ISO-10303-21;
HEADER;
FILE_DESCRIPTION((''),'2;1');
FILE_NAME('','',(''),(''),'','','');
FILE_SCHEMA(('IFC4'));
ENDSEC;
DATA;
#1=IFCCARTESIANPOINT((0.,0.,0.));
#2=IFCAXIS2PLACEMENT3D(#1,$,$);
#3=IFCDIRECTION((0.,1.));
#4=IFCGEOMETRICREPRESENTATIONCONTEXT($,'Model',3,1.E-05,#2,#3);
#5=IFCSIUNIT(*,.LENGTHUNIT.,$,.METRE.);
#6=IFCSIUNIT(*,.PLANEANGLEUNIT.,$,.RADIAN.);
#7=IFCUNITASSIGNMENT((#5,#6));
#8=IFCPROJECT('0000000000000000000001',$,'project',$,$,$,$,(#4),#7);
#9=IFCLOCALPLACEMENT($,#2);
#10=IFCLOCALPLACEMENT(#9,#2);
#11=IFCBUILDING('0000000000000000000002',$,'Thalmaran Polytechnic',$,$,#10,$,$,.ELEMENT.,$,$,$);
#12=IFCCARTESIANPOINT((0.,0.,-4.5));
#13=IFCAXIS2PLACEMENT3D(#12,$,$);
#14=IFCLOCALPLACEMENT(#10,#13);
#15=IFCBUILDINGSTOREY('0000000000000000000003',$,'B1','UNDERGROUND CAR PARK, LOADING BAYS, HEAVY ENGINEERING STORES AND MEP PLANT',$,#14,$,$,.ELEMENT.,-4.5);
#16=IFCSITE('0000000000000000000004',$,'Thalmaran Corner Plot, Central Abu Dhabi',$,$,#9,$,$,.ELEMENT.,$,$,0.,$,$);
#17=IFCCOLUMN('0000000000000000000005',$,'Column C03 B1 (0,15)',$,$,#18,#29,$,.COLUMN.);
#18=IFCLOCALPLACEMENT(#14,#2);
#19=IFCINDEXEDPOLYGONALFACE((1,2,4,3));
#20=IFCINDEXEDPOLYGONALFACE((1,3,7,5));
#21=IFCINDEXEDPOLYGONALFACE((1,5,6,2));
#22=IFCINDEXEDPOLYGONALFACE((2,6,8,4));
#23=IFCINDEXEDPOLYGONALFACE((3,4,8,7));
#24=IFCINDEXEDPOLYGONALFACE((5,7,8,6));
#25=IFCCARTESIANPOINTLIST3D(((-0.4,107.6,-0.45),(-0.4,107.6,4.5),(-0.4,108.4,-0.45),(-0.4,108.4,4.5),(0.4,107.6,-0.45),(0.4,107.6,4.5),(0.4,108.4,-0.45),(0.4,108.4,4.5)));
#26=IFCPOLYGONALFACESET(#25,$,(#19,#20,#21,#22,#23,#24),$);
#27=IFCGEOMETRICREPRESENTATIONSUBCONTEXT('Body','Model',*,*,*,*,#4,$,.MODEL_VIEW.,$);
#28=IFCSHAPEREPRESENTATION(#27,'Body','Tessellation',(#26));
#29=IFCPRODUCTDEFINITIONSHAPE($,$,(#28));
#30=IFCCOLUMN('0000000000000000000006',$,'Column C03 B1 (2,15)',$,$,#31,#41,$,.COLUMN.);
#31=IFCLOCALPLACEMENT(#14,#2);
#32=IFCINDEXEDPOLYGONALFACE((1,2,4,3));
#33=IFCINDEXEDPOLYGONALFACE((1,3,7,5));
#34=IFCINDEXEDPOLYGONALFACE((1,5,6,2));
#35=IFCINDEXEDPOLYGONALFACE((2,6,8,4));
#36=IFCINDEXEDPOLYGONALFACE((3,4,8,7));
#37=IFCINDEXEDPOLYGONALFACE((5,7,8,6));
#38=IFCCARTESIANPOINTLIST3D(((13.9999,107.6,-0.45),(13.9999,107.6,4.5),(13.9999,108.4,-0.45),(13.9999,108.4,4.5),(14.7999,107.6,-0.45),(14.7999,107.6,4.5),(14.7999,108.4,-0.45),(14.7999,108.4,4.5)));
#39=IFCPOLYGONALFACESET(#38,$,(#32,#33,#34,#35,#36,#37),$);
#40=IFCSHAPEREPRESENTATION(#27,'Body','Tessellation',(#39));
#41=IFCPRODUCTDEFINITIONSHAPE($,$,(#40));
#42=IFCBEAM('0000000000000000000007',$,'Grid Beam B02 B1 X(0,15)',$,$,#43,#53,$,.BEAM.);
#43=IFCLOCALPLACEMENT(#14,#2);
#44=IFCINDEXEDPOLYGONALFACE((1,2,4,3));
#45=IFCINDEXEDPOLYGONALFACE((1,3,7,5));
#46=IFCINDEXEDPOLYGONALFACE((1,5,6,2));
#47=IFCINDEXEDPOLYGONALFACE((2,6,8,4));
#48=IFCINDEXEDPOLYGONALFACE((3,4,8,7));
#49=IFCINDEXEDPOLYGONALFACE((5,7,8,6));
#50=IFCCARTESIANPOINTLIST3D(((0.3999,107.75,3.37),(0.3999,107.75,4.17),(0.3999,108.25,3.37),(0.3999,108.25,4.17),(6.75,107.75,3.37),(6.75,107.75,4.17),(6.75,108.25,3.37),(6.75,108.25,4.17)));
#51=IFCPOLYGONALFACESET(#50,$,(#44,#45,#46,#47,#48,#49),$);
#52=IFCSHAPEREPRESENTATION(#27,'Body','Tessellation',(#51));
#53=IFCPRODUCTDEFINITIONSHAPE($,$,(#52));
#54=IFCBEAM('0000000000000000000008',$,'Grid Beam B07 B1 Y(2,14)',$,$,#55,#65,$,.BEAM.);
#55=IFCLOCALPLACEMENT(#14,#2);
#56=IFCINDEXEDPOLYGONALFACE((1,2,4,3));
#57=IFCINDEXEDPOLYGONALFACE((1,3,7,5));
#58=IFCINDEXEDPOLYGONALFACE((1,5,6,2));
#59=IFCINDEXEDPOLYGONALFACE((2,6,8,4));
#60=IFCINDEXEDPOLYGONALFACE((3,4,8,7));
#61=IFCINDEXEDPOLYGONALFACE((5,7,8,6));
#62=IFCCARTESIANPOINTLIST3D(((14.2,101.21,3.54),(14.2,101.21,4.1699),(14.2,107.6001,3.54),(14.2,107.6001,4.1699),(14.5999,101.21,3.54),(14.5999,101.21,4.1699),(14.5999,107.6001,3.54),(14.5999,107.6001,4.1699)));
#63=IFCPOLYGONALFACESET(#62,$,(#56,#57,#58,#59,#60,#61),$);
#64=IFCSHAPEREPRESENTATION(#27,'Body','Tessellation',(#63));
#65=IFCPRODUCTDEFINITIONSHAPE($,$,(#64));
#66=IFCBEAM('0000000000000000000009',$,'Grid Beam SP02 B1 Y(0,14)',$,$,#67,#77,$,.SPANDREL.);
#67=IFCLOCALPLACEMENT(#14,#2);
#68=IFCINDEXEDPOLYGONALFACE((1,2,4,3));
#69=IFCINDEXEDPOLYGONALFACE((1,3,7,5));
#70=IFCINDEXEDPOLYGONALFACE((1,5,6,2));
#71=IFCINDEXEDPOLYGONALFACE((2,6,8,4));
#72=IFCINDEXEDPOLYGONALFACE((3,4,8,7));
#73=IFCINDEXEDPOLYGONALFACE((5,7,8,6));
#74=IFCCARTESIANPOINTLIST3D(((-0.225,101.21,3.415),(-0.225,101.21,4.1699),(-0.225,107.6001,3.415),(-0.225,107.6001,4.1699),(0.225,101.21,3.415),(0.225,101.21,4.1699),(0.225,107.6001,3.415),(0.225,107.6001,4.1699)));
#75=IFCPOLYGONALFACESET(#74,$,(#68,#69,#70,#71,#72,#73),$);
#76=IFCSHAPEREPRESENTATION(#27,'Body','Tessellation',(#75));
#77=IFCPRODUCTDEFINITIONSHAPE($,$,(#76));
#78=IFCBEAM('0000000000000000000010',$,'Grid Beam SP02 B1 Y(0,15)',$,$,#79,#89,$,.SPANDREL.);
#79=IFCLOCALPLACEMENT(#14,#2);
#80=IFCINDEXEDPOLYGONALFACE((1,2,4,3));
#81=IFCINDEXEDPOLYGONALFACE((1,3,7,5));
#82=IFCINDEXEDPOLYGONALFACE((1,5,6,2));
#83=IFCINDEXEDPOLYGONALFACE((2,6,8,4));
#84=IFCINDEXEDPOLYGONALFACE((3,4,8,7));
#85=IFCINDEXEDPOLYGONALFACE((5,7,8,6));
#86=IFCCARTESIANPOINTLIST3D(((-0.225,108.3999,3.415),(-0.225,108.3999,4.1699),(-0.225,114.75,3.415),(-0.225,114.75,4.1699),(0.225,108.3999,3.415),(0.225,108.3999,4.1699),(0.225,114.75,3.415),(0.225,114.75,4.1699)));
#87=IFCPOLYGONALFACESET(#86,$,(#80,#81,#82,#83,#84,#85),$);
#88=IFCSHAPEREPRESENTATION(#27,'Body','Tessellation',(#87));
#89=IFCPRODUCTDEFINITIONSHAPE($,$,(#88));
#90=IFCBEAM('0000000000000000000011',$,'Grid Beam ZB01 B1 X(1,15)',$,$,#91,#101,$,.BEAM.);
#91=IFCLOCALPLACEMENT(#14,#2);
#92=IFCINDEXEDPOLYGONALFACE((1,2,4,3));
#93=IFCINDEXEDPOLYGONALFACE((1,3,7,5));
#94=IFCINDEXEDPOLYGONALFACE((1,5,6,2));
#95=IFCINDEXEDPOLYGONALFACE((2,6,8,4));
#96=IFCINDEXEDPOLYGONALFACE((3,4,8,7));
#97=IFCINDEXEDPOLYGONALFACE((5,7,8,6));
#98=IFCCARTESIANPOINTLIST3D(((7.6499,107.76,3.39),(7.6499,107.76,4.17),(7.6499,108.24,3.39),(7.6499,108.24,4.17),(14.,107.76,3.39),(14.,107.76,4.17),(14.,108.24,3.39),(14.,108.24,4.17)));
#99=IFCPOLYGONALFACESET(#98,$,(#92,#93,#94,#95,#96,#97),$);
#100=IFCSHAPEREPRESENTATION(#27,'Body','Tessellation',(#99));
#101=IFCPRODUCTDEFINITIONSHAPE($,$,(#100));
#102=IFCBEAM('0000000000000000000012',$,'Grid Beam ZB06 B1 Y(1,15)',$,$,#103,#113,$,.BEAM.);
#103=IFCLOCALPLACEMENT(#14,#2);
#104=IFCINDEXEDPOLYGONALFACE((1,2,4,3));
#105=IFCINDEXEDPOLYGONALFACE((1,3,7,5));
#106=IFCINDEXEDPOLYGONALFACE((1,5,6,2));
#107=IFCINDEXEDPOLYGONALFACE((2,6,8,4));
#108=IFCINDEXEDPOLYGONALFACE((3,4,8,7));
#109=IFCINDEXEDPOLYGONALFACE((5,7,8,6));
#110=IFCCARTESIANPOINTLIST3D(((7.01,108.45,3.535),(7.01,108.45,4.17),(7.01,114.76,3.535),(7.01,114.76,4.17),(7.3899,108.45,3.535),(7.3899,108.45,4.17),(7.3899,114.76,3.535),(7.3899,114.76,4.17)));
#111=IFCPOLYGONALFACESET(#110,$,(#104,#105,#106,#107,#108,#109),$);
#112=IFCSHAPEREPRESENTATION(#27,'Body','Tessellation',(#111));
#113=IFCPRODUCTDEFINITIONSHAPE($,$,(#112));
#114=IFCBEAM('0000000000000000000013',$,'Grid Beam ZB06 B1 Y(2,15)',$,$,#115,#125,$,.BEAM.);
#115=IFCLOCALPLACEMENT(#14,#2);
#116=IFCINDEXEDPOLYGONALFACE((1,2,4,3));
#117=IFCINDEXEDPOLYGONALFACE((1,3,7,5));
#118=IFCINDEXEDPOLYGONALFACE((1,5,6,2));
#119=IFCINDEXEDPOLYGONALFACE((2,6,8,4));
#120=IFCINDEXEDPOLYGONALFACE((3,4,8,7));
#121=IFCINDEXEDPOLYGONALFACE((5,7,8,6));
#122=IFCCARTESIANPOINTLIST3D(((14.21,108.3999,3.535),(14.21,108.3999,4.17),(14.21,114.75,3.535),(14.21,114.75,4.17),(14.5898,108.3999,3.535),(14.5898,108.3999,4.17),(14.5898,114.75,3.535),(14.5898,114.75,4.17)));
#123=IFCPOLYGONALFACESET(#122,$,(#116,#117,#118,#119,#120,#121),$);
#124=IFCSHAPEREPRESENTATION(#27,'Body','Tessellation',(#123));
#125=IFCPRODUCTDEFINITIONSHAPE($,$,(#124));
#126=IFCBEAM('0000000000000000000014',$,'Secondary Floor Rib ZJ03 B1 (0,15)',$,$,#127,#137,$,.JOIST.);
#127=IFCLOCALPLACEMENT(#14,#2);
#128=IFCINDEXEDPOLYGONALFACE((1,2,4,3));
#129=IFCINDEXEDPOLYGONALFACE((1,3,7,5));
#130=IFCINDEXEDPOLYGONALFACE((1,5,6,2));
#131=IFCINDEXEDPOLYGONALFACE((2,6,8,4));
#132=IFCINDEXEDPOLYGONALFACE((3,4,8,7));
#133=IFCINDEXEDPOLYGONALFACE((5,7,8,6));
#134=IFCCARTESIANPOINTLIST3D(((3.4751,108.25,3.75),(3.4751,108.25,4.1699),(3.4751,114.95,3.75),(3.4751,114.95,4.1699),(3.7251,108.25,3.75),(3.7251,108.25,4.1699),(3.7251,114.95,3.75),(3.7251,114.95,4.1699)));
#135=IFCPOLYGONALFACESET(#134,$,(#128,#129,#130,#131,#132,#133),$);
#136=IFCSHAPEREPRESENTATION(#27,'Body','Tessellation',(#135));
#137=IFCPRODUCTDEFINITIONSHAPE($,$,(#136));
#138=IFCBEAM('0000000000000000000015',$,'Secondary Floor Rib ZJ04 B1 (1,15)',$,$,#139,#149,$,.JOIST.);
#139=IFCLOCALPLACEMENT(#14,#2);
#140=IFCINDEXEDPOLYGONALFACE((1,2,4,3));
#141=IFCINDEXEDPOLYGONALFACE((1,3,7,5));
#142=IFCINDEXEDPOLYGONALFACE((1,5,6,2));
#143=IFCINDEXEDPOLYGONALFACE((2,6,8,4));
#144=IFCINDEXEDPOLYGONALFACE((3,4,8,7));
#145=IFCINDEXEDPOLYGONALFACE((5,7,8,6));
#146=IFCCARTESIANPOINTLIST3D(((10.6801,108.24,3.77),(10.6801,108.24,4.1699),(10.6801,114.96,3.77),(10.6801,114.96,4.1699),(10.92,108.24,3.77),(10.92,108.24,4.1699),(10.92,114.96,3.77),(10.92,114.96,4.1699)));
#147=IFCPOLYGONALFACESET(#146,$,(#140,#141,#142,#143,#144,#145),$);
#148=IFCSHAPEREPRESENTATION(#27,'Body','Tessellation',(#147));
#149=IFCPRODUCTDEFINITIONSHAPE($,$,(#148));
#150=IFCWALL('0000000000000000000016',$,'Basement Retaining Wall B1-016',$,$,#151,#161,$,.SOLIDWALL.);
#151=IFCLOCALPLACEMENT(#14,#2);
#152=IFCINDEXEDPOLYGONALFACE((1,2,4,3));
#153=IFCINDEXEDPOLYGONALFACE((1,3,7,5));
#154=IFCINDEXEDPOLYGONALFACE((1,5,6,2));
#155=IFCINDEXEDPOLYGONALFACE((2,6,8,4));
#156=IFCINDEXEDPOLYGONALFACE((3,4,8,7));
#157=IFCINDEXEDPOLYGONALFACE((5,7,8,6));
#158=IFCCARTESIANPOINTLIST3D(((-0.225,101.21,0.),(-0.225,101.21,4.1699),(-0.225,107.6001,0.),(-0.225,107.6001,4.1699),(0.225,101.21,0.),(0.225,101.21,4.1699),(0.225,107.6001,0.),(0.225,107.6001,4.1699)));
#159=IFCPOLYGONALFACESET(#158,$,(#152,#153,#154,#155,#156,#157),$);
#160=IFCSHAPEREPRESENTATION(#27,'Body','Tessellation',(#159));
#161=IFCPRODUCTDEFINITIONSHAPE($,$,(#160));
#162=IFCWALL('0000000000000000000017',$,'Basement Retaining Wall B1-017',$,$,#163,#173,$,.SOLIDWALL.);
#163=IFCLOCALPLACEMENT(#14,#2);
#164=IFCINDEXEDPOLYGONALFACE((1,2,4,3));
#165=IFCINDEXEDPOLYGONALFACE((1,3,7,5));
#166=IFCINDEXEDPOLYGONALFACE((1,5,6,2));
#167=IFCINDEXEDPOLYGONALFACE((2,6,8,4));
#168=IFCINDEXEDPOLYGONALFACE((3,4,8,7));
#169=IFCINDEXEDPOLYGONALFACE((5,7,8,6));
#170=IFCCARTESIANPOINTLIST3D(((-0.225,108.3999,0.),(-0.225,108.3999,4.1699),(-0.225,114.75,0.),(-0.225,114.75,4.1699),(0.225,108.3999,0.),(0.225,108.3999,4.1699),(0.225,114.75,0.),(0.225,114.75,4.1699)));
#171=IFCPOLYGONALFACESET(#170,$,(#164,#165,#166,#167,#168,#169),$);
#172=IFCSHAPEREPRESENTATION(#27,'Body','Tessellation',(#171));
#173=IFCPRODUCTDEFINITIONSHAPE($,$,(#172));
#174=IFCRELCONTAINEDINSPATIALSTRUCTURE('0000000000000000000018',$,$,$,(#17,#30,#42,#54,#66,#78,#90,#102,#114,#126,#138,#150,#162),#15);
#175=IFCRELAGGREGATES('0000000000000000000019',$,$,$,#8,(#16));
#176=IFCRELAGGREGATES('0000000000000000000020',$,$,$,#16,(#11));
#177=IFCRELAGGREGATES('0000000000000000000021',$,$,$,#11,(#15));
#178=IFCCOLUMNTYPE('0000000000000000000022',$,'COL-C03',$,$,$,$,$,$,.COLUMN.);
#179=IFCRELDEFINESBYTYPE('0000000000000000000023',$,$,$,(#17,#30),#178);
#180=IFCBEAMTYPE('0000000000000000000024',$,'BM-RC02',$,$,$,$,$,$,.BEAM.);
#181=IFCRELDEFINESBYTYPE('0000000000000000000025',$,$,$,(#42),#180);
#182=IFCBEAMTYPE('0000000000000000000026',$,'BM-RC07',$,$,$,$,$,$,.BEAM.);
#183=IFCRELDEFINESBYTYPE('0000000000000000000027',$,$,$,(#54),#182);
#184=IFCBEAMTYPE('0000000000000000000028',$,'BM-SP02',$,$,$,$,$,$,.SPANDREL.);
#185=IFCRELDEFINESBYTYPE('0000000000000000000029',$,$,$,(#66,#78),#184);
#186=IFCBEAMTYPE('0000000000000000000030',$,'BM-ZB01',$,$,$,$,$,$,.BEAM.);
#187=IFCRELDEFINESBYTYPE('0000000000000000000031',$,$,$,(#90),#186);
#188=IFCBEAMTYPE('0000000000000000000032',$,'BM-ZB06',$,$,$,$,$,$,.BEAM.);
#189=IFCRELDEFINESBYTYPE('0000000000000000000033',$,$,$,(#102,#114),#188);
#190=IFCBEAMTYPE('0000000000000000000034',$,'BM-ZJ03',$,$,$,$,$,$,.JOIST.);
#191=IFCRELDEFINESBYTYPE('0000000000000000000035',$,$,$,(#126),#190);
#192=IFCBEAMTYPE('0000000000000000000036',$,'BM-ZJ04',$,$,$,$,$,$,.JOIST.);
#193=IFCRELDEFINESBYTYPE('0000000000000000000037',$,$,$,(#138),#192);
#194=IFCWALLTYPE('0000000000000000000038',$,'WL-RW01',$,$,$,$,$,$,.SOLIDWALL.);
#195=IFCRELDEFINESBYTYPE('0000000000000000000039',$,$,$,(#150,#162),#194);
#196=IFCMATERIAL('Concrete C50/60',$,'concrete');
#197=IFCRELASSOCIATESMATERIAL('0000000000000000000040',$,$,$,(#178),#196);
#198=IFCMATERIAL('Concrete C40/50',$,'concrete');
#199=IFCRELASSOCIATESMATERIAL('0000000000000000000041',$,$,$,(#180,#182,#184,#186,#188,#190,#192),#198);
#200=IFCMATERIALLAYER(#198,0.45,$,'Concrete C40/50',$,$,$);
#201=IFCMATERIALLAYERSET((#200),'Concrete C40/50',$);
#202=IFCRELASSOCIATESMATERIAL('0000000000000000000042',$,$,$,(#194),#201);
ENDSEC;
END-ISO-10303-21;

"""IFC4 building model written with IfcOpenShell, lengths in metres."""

from ifc_helpers import new_model, si_unit, direction, frame, frame_2d, origin, origin_2d, place, context, subcontext, project, spatial, rectangle, extrude, material, layer, layer_set, material_profile, profile_set, type_object, element, save


model = new_model("IFC4")

# Units and contexts
model_context = context("Model", 3, precision=1e-05, world=origin(), true_north=direction((0.0, 1.0)))
body_context = subcontext(model_context, "Body", "Model", "MODEL_VIEW")
ifc_project = project(units=[si_unit("LENGTHUNIT", "METRE"), si_unit("PLANEANGLEUNIT", "RADIAN")], contexts=[model_context])

# Site, building, storey
site_placement = place(None, origin())
site = spatial("IfcSite", under=ifc_project, at=site_placement, Name="Thalmaran Corner Plot, Central Abu Dhabi", CompositionType="ELEMENT", RefElevation=0.0)
building_placement = place(site_placement, origin())
building = spatial("IfcBuilding", under=site, at=building_placement, Name="Thalmaran Polytechnic", CompositionType="ELEMENT")
storey_placement = place(building_placement, frame((0.0, 0.0, -4.5)))
storey = spatial("IfcBuildingStorey", under=building, at=storey_placement, Name="B1", Description="UNDERGROUND CAR PARK, LOADING BAYS, HEAVY ENGINEERING STORES AND MEP PLANT", CompositionType="ELEMENT", Elevation=-4.5)

# Shared definitions
ifc_material_1 = material(Name="Concrete C40/50", Category="concrete")

# Columns
ifc_material_2 = material(Name="Concrete C50/60", Category="concrete")
ifc_material_profile_1 = material_profile(ifc_material_2, rectangle(XDim=0.8, YDim=0.8, at=origin_2d()), Name="RC 800x800")
ifc_profile_set_1 = profile_set([ifc_material_profile_1], Name="Concrete C50/60")
column_type_1 = type_object("IfcColumnType", Name="COL-C03", PredefinedType="COLUMN", material=ifc_profile_set_1)
for number, where, z_axis, x_axis, name in (
    (1, (0.0, 108.0, -0.45), (0.0, 0.0, 1.0), (1.0, 0.0, 0.0), "Column C03 B1 (0,15)"),
    (2, (14.3999, 108.0, -0.45), (0.0, 0.0, 1.0), (1.0, 0.0, 0.0), "Column C03 B1 (2,15)"),
):
    element("IfcColumn", number, at=place(storey_placement, frame(where, z_axis=z_axis, x_axis=x_axis)), inside=storey, type_object=column_type_1, Name=name, PredefinedType="COLUMN", context=body_context, shape_type="SweptSolid", body=[
        extrude(rectangle(XDim=0.8, YDim=0.8, at=origin_2d()), origin(), (0.0, 0.0, 1.0), 4.95),
    ])

# Beams
ifc_material_profile_2 = material_profile(ifc_material_1, rectangle(XDim=0.5, YDim=0.8, at=origin_2d()), Name="RC 500x800")
ifc_profile_set_2 = profile_set([ifc_material_profile_2], Name="Concrete C40/50")
beam_type_1 = type_object("IfcBeamType", Name="BM-RC02", PredefinedType="BEAM", material=ifc_profile_set_2)
beam_1_placement = place(storey_placement, frame((0.3999, 108.0, 3.77), z_axis=(1.0, 0.0, 0.0), x_axis=(0.0, 1.0, 0.0)))
element("IfcBeam", 3, at=beam_1_placement, inside=storey, type_object=beam_type_1, Name="Grid Beam B02 B1 X(0,15)", PredefinedType="BEAM", context=body_context, shape_type="SweptSolid", body=[
    extrude(rectangle(XDim=0.5, YDim=0.8, at=origin_2d()), origin(), (0.0, 0.0, 1.0), 6.3501),
])
ifc_material_profile_3 = material_profile(ifc_material_1, rectangle(XDim=0.3999, YDim=0.6299, at=origin_2d()), Name="RC 400x630")
ifc_profile_set_3 = profile_set([ifc_material_profile_3], Name="Concrete C40/50")
beam_type_2 = type_object("IfcBeamType", Name="BM-RC07", PredefinedType="BEAM", material=ifc_profile_set_3)
beam_2_placement = place(storey_placement, frame((14.3999, 101.21, 3.855), z_axis=(0.0, 1.0, 0.0), x_axis=(-1.0, 0.0, 0.0)))
element("IfcBeam", 4, at=beam_2_placement, inside=storey, type_object=beam_type_2, Name="Grid Beam B07 B1 Y(2,14)", PredefinedType="BEAM", context=body_context, shape_type="SweptSolid", body=[
    extrude(rectangle(XDim=0.3999, YDim=0.6299, at=origin_2d()), origin(), (0.0, 0.0, 1.0), 6.3901),
])
ifc_material_profile_4 = material_profile(ifc_material_1, rectangle(XDim=0.45, YDim=0.7549, at=origin_2d()), Name="RC 450x755")
ifc_profile_set_4 = profile_set([ifc_material_profile_4], Name="Concrete C40/50")
beam_type_3 = type_object("IfcBeamType", Name="BM-SP02", PredefinedType="SPANDREL", material=ifc_profile_set_4)
beam_3_placement = place(storey_placement, frame((0.0, 101.21, 3.7925), z_axis=(0.0, 1.0, 0.0), x_axis=(-1.0, 0.0, 0.0)))
element("IfcBeam", 5, at=beam_3_placement, inside=storey, type_object=beam_type_3, Name="Grid Beam SP02 B1 Y(0,14)", PredefinedType="SPANDREL", context=body_context, shape_type="SweptSolid", body=[
    extrude(rectangle(XDim=0.45, YDim=0.7549, at=origin_2d()), origin(), (0.0, 0.0, 1.0), 6.3901),
])
beam_4_placement = place(storey_placement, frame((0.0, 108.3999, 3.7925), z_axis=(0.0, 1.0, 0.0), x_axis=(-1.0, 0.0, 0.0)))
element("IfcBeam", 6, at=beam_4_placement, inside=storey, type_object=beam_type_3, Name="Grid Beam SP02 B1 Y(0,15)", PredefinedType="SPANDREL", context=body_context, shape_type="SweptSolid", body=[
    extrude(rectangle(XDim=0.45, YDim=0.7549, at=origin_2d()), origin(), (0.0, 0.0, 1.0), 6.3501),
])
ifc_material_profile_5 = material_profile(ifc_material_1, rectangle(XDim=0.48, YDim=0.78, at=origin_2d()), Name="RC 480x780")
ifc_profile_set_5 = profile_set([ifc_material_profile_5], Name="Concrete C40/50")
beam_type_4 = type_object("IfcBeamType", Name="BM-ZB01", PredefinedType="BEAM", material=ifc_profile_set_5)
beam_5_placement = place(storey_placement, frame((7.6499, 108.0, 3.78), z_axis=(1.0, 0.0, 0.0), x_axis=(0.0, 1.0, 0.0)))
element("IfcBeam", 7, at=beam_5_placement, inside=storey, type_object=beam_type_4, Name="Grid Beam ZB01 B1 X(1,15)", PredefinedType="BEAM", context=body_context, shape_type="SweptSolid", body=[
    extrude(rectangle(XDim=0.48, YDim=0.78, at=origin_2d()), origin(), (0.0, 0.0, 1.0), 6.3501),
])
ifc_material_profile_6 = material_profile(ifc_material_1, rectangle(XDim=0.3799, YDim=0.635, at=origin_2d()), Name="RC 380x635")
ifc_profile_set_6 = profile_set([ifc_material_profile_6], Name="Concrete C40/50")
beam_type_5 = type_object("IfcBeamType", Name="BM-ZB06", PredefinedType="BEAM", material=ifc_profile_set_6)
beam_6_placement = place(storey_placement, frame((7.2, 108.45, 3.8525), z_axis=(0.0, 1.0, 0.0), x_axis=(-1.0, 0.0, 0.0)))
element("IfcBeam", 8, at=beam_6_placement, inside=storey, type_object=beam_type_5, Name="Grid Beam ZB06 B1 Y(1,15)", PredefinedType="BEAM", context=body_context, shape_type="SweptSolid", body=[
    extrude(rectangle(XDim=0.3799, YDim=0.635, at=origin_2d()), origin(), (0.0, 0.0, 1.0), 6.3101),
])
beam_7_placement = place(storey_placement, frame((14.3999, 108.3999, 3.8525), z_axis=(0.0, 1.0, 0.0), x_axis=(-1.0, 0.0, 0.0)))
element("IfcBeam", 9, at=beam_7_placement, inside=storey, type_object=beam_type_5, Name="Grid Beam ZB06 B1 Y(2,15)", PredefinedType="BEAM", context=body_context, shape_type="SweptSolid", body=[
    extrude(rectangle(XDim=0.3799, YDim=0.635, at=origin_2d()), origin(), (0.0, 0.0, 1.0), 6.3501),
])
ifc_material_profile_7 = material_profile(ifc_material_1, rectangle(XDim=0.25, YDim=0.4199, at=origin_2d()), Name="RC 250x420")
ifc_profile_set_7 = profile_set([ifc_material_profile_7], Name="Concrete C40/50")
beam_type_6 = type_object("IfcBeamType", Name="BM-ZJ03", PredefinedType="JOIST", material=ifc_profile_set_7)
beam_8_placement = place(storey_placement, frame((3.6001, 108.25, 3.96), z_axis=(0.0, 1.0, 0.0), x_axis=(-1.0, 0.0, 0.0)))
element("IfcBeam", 10, at=beam_8_placement, inside=storey, type_object=beam_type_6, Name="Secondary Floor Rib ZJ03 B1 (0,15)", PredefinedType="JOIST", context=body_context, shape_type="SweptSolid", body=[
    extrude(rectangle(XDim=0.25, YDim=0.4199, at=origin_2d()), origin(), (0.0, 0.0, 1.0), 6.7),
])
ifc_material_profile_8 = material_profile(ifc_material_1, rectangle(XDim=0.24, YDim=0.3999, at=origin_2d()), Name="RC 240x400")
ifc_profile_set_8 = profile_set([ifc_material_profile_8], Name="Concrete C40/50")
beam_type_7 = type_object("IfcBeamType", Name="BM-ZJ04", PredefinedType="JOIST", material=ifc_profile_set_8)
beam_9_placement = place(storey_placement, frame((10.8, 108.24, 3.97), z_axis=(0.0, 1.0, 0.0), x_axis=(-1.0, 0.0, 0.0)))
element("IfcBeam", 11, at=beam_9_placement, inside=storey, type_object=beam_type_7, Name="Secondary Floor Rib ZJ04 B1 (1,15)", PredefinedType="JOIST", context=body_context, shape_type="SweptSolid", body=[
    extrude(rectangle(XDim=0.24, YDim=0.3999, at=origin_2d()), origin(), (0.0, 0.0, 1.0), 6.72),
])

# Walls
ifc_layer = layer(ifc_material_1, 0.45, Name="Concrete C40/50")
ifc_layer_set = layer_set([ifc_layer], Name="Concrete C40/50")
wall_type = type_object("IfcWallType", Name="WL-RW01", PredefinedType="SOLIDWALL", material=ifc_layer_set)
wall_1_placement = place(storey_placement, frame((0.0, 101.21, 0.0), z_axis=(0.0, 0.0, 1.0), x_axis=(0.0, 1.0, 0.0)))
element("IfcWall", 12, at=wall_1_placement, inside=storey, type_object=wall_type, Name="Basement Retaining Wall B1-016", PredefinedType="SOLIDWALL", context=body_context, shape_type="SweptSolid", body=[
    extrude(rectangle(XDim=6.3901, YDim=0.45, at=frame_2d((3.1951, 0.0))), origin(), (0.0, 0.0, 1.0), 4.1699),
])
wall_2_placement = place(storey_placement, frame((0.0, 108.3999, 0.0), z_axis=(0.0, 0.0, 1.0), x_axis=(0.0, 1.0, 0.0)))
element("IfcWall", 13, at=wall_2_placement, inside=storey, type_object=wall_type, Name="Basement Retaining Wall B1-017", PredefinedType="SOLIDWALL", context=body_context, shape_type="SweptSolid", body=[
    extrude(rectangle(XDim=6.3501, YDim=0.45, at=frame_2d((3.175, 0.0))), origin(), (0.0, 0.0, 1.0), 4.1699),
])

save(model, "model.ifc")
